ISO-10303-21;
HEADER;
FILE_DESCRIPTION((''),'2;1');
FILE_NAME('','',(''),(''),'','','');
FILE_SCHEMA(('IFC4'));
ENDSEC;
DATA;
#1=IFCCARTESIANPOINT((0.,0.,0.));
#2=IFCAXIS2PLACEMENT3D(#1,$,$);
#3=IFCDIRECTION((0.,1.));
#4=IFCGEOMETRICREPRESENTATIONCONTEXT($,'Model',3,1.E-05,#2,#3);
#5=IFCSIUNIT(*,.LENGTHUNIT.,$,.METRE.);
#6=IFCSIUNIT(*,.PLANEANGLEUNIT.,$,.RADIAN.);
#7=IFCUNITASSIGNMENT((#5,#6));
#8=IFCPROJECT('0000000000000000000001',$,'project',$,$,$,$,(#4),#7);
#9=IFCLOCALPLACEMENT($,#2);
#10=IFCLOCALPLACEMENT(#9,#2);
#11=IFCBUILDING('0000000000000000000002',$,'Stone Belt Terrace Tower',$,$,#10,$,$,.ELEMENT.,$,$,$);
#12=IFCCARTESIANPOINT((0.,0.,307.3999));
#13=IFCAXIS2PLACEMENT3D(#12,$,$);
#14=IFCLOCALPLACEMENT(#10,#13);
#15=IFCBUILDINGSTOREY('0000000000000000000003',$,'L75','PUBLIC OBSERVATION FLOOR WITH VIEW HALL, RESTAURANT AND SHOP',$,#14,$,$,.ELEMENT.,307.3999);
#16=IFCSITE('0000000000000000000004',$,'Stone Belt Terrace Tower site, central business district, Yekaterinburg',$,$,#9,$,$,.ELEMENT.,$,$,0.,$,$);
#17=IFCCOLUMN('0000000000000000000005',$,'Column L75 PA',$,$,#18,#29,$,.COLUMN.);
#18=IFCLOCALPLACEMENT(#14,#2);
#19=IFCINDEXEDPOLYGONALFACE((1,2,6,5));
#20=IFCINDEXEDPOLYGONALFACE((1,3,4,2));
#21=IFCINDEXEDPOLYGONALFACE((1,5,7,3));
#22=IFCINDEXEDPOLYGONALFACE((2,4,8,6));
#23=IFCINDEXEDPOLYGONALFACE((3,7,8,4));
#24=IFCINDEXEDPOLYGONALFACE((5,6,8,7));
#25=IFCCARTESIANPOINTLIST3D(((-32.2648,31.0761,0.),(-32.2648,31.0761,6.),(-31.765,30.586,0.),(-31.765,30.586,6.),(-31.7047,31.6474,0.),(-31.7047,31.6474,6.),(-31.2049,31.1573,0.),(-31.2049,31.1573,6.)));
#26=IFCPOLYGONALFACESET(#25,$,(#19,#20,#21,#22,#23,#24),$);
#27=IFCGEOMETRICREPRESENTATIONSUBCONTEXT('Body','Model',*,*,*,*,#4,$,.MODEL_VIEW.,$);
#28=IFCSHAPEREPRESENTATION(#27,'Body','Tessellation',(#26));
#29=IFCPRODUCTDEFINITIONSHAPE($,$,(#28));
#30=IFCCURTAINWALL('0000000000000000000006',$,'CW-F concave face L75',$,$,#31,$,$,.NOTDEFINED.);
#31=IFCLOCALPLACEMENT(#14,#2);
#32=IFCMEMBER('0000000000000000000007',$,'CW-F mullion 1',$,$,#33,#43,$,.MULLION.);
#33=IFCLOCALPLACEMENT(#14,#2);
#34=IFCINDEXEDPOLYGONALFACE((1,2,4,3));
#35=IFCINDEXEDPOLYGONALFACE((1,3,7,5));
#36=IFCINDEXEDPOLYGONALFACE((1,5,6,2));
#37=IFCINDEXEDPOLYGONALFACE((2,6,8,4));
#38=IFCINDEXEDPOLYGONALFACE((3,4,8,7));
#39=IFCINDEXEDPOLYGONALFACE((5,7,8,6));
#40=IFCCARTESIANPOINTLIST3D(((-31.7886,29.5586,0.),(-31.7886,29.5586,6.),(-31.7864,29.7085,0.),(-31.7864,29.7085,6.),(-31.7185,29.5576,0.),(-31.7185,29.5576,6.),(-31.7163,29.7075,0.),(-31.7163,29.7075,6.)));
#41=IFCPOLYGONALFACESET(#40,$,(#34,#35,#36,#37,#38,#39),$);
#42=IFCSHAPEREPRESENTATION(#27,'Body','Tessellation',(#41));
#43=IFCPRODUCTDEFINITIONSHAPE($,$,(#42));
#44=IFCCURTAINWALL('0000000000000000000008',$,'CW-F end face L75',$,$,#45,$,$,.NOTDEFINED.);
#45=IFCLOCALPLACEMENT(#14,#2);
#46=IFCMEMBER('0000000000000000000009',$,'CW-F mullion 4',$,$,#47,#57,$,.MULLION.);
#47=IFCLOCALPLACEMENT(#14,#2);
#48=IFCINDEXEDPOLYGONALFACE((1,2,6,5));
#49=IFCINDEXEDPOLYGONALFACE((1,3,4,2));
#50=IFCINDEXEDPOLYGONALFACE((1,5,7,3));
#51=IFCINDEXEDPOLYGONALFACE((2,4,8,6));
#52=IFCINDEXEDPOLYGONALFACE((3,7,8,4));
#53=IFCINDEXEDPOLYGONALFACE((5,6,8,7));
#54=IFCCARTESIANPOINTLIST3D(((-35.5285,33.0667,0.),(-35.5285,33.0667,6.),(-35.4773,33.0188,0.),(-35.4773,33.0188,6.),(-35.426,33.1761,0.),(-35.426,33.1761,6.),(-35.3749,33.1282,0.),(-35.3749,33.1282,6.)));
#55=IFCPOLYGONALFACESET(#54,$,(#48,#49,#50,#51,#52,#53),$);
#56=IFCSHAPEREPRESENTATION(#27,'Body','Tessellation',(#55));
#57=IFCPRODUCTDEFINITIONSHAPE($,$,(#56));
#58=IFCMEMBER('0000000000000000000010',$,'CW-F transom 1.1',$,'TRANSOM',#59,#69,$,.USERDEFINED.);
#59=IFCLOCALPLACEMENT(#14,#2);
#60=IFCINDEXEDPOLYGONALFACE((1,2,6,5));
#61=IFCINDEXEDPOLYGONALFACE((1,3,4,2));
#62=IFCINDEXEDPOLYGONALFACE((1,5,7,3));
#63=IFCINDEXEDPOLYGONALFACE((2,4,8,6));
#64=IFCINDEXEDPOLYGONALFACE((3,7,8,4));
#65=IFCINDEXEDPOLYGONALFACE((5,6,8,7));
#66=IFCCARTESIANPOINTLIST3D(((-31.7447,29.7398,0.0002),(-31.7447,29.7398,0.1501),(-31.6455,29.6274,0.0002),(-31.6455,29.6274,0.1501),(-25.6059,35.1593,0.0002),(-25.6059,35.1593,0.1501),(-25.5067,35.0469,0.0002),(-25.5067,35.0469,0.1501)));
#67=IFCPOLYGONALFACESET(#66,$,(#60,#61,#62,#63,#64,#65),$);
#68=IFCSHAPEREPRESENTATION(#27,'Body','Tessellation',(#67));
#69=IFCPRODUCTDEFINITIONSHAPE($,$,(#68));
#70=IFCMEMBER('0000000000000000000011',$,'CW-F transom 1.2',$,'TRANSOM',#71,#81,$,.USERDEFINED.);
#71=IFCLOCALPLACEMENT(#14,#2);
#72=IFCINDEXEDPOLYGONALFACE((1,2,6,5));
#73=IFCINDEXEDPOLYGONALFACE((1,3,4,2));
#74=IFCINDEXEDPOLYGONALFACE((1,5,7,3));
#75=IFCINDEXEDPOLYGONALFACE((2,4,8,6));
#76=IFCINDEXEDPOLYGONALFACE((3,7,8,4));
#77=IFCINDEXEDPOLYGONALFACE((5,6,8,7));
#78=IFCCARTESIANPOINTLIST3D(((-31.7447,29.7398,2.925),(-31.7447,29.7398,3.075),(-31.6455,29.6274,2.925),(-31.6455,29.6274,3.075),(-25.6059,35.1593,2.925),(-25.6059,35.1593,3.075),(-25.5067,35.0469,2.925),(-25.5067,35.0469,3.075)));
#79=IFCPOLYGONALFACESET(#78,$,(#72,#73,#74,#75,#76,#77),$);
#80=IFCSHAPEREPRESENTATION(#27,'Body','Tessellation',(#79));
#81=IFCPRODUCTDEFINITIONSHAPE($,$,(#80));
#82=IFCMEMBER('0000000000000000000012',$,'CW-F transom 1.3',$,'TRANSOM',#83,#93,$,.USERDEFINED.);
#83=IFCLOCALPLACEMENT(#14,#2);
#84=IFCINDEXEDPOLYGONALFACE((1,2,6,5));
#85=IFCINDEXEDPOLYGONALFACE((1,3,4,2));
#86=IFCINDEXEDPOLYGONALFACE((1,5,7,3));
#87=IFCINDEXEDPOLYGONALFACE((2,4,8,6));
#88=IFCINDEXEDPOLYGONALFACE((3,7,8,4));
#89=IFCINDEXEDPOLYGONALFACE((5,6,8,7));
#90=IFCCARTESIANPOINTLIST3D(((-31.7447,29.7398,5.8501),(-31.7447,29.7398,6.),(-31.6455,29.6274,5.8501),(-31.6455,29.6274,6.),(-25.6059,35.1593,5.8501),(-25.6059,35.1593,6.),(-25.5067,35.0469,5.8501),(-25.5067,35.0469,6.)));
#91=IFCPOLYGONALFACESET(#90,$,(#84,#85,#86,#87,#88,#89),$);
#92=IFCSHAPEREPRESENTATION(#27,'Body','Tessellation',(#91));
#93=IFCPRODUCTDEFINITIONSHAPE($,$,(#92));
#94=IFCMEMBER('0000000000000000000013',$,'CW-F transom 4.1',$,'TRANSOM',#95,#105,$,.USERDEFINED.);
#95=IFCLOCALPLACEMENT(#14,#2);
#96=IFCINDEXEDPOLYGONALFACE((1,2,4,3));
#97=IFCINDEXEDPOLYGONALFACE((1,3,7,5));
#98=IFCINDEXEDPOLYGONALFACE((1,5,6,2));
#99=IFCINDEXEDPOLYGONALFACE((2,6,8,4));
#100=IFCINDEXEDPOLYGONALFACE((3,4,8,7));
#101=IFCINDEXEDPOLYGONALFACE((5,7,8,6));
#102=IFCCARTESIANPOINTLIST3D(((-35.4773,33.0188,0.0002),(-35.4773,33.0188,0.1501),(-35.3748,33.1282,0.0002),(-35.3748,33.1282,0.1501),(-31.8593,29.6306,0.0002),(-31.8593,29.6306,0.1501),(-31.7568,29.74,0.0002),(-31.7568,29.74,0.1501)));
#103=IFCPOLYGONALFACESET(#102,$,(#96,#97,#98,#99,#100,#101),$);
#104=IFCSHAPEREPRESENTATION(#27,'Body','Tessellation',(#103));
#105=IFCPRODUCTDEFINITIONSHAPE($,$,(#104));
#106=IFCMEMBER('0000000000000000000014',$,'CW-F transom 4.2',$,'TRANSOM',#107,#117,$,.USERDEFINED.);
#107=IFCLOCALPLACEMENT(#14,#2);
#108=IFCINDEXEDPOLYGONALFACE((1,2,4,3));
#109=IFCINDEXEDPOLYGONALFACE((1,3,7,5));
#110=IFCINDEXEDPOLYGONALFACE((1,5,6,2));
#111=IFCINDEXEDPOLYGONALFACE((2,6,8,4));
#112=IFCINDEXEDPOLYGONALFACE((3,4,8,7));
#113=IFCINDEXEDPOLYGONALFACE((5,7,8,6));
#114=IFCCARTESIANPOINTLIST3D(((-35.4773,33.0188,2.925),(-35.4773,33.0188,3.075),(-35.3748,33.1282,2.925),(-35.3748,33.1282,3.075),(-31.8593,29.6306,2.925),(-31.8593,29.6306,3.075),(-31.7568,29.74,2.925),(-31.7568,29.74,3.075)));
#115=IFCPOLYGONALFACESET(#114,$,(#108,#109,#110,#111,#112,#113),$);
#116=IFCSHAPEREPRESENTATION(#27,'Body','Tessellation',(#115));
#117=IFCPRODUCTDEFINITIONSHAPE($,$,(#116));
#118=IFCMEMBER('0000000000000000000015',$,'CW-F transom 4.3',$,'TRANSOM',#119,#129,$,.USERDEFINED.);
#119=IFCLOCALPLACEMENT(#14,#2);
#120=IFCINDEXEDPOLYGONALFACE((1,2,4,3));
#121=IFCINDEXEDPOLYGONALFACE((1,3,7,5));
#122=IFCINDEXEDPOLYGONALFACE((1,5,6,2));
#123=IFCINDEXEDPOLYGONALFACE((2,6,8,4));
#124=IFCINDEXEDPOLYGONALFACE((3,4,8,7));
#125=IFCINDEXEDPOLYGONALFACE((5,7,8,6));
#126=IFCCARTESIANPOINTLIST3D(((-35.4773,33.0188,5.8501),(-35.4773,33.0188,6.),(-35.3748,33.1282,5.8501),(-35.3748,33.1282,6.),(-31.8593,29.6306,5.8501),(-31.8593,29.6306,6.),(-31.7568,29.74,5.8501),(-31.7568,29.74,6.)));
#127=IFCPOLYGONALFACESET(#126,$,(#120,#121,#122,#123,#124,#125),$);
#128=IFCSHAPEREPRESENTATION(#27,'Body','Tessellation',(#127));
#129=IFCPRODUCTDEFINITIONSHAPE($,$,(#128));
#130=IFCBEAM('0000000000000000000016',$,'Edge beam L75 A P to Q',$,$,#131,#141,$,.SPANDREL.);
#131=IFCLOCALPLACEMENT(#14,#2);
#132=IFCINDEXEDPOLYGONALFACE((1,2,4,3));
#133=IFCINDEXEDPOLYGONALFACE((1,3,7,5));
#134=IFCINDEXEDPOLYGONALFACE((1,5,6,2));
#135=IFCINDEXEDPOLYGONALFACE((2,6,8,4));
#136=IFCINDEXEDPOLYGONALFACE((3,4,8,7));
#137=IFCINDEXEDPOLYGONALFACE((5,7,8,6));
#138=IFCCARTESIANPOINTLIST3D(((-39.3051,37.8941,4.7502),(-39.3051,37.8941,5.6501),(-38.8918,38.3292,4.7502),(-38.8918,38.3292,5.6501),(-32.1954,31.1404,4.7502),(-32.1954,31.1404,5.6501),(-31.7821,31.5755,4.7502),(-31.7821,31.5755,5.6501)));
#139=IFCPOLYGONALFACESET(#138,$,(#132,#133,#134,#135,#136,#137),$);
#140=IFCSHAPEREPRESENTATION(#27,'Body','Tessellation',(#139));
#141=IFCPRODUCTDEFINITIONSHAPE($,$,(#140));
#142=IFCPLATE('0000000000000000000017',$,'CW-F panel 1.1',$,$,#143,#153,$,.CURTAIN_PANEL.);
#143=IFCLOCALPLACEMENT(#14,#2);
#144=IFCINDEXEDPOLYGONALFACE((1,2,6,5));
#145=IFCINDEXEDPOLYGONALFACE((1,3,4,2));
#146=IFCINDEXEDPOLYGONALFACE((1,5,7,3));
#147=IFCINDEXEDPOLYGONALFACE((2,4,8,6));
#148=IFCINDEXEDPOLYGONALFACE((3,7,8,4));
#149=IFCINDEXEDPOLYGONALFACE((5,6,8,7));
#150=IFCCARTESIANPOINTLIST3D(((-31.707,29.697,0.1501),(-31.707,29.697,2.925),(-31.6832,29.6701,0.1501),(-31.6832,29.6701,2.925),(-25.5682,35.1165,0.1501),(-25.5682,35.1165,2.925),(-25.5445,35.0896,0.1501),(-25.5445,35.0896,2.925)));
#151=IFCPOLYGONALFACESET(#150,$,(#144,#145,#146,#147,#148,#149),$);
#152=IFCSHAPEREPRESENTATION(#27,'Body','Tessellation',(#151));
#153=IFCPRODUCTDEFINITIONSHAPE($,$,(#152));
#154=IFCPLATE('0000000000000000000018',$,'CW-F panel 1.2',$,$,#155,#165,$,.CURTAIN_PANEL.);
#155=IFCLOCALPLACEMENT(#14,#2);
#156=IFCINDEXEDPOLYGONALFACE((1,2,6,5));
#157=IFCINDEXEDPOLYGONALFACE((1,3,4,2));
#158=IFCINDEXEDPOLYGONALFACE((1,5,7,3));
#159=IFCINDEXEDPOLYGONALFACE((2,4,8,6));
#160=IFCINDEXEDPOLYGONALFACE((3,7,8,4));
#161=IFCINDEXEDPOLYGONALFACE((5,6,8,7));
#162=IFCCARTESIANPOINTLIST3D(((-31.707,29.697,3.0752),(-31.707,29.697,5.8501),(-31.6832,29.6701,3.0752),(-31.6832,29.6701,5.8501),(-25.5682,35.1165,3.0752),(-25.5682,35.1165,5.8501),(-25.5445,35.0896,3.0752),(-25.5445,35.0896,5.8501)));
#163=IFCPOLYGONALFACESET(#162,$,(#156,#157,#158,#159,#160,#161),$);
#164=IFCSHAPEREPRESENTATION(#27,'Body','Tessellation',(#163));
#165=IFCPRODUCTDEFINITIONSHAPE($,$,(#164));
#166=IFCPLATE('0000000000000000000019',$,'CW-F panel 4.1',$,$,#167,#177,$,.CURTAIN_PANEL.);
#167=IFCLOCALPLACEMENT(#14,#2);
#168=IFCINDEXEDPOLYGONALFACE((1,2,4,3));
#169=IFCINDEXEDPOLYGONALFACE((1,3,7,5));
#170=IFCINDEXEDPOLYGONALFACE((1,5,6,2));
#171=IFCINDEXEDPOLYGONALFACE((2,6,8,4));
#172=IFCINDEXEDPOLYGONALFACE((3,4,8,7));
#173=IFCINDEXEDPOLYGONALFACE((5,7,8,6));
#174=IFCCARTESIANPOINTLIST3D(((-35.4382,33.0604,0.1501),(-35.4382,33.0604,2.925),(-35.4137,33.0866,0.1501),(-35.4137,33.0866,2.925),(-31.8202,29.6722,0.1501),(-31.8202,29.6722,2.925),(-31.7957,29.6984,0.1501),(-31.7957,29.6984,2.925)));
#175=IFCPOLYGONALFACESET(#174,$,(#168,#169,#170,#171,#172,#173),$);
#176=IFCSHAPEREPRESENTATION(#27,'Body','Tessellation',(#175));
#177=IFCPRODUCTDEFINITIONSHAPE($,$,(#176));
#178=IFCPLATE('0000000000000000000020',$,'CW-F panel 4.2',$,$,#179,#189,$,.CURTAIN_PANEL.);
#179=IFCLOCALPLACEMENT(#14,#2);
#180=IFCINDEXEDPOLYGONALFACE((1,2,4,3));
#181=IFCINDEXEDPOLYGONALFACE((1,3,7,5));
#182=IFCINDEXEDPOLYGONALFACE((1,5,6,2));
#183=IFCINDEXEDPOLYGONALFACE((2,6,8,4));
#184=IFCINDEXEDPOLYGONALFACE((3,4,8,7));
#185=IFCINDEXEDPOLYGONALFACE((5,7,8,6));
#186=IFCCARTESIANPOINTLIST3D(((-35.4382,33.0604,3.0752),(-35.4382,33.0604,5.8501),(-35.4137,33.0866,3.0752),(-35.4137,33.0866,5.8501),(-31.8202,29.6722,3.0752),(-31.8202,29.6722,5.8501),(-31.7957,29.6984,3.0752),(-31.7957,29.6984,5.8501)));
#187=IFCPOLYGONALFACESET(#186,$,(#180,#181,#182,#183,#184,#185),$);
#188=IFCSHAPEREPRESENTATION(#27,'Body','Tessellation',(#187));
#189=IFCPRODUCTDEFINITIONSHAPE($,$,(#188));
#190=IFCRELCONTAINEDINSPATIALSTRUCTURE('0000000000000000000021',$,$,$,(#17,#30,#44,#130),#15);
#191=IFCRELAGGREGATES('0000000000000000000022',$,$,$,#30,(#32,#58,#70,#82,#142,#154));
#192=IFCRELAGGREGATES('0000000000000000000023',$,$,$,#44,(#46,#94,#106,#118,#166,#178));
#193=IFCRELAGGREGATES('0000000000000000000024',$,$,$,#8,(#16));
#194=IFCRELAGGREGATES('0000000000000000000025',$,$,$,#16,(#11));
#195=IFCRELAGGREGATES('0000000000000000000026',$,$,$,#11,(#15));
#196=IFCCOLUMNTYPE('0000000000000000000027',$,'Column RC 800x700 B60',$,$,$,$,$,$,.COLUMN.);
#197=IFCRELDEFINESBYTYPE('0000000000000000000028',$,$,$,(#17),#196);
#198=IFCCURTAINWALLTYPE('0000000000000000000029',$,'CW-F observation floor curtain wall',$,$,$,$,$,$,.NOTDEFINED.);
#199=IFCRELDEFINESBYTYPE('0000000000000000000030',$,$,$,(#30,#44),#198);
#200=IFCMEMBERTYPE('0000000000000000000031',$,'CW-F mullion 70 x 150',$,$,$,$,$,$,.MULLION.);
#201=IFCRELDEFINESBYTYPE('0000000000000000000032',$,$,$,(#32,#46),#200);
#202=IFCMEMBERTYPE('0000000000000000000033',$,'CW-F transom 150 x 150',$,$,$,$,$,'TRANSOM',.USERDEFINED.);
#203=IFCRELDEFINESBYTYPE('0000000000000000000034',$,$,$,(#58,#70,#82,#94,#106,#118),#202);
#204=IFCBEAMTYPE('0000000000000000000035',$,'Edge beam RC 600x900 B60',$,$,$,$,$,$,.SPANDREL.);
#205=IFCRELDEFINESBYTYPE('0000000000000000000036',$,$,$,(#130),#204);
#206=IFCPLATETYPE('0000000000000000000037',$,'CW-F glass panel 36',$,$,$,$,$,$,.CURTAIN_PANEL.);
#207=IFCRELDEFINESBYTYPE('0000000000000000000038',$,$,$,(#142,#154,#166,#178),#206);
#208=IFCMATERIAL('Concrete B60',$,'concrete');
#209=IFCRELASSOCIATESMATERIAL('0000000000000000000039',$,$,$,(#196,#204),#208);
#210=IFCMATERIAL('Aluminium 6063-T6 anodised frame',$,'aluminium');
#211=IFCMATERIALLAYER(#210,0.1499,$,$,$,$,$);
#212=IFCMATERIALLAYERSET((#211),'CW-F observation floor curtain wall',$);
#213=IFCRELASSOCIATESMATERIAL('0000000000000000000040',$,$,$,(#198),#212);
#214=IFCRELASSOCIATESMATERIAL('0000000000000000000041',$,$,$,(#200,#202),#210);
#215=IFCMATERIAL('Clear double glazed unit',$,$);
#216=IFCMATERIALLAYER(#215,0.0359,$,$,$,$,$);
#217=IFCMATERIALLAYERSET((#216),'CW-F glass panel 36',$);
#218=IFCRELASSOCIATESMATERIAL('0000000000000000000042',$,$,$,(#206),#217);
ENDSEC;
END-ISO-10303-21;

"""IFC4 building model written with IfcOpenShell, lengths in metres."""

from ifc_helpers import new_model, si_unit, direction, frame, origin, origin_2d, place, context, subcontext, project, spatial, rectangle, extrude, material, layer, layer_set, material_profile, profile_set, type_object, element, aggregate, save


model = new_model("IFC4")

# Units and contexts
model_context = context("Model", 3, precision=1e-05, world=origin(), true_north=direction((0.0, 1.0)))
body_context = subcontext(model_context, "Body", "Model", "MODEL_VIEW")
ifc_project = project(units=[si_unit("LENGTHUNIT", "METRE"), si_unit("PLANEANGLEUNIT", "RADIAN")], contexts=[model_context])

# Site, building, storey
site_placement = place(None, origin())
site = spatial("IfcSite", under=ifc_project, at=site_placement, Name="Stone Belt Terrace Tower site, central business district, Yekaterinburg", CompositionType="ELEMENT", RefElevation=0.0)
building_placement = place(site_placement, origin())
building = spatial("IfcBuilding", under=site, at=building_placement, Name="Stone Belt Terrace Tower", CompositionType="ELEMENT")
storey_placement = place(building_placement, frame((0.0, 0.0, 307.3999)))
storey = spatial("IfcBuildingStorey", under=building, at=storey_placement, Name="L75", Description="PUBLIC OBSERVATION FLOOR WITH VIEW HALL, RESTAURANT AND SHOP", CompositionType="ELEMENT", Elevation=307.3999)

# Column
ifc_material_1 = material(Name="Concrete B60", Category="concrete")
ifc_material_profile_1 = material_profile(ifc_material_1, rectangle(XDim=0.8, YDim=0.7, at=origin_2d()), Name="RC 800x700")
ifc_profile_set_1 = profile_set([ifc_material_profile_1], Name="Concrete B60")
column_type = type_object("IfcColumnType", Name="Column RC 800x700 B60", PredefinedType="COLUMN", material=ifc_profile_set_1)
column_placement = place(storey_placement, frame((-31.7349, 31.1167, 0.0), z_axis=(0.0, 0.0, 1.0), x_axis=(0.70012, 0.714026, 0.0)))
element("IfcColumn", 1, at=column_placement, inside=storey, type_object=column_type, Name="Column L75 PA", PredefinedType="COLUMN", context=body_context, shape_type="SweptSolid", body=[
    extrude(rectangle(XDim=0.8, YDim=0.7, at=origin_2d()), origin(), (0.0, 0.0, 1.0), 6.0),
])

# Curtain walls, members
ifc_material_2 = material(Name="Aluminium 6063-T6 anodised frame", Category="aluminium")
ifc_layer_1 = layer(ifc_material_2, 0.1499)
ifc_layer_set_1 = layer_set([ifc_layer_1], Name="CW-F observation floor curtain wall")
curtain_wall_type = type_object("IfcCurtainWallType", Name="CW-F observation floor curtain wall", PredefinedType="NOTDEFINED", material=ifc_layer_set_1)
curtain_wall_1_placement = place(storey_placement, origin())
curtain_wall_1 = element("IfcCurtainWall", 2, at=curtain_wall_1_placement, inside=storey, type_object=curtain_wall_type, Name="CW-F concave face L75", PredefinedType="NOTDEFINED")
ifc_material_profile_2 = material_profile(ifc_material_2, rectangle(XDim=0.1499, YDim=0.0701, at=origin_2d()), Name="Aluminium 6063-T6 70x150")
ifc_profile_set_2 = profile_set([ifc_material_profile_2], Name="Aluminium 6063-T6 anodised frame")
member_type_1 = type_object("IfcMemberType", Name="CW-F mullion 70 x 150", PredefinedType="MULLION", material=ifc_profile_set_2)
member_1_placement = place(storey_placement, frame((-31.7524, 29.6331, 0.0), z_axis=(0.0, 0.0, 1.0), x_axis=(0.014682, 0.999892, 0.0)))
member_1 = element("IfcMember", 3, at=member_1_placement, type_object=member_type_1, Name="CW-F mullion 1", PredefinedType="MULLION", context=body_context, shape_type="SweptSolid", body=[
    extrude(rectangle(XDim=0.1499, YDim=0.0701, at=origin_2d()), origin(), (0.0, 0.0, 1.0), 6.0),
])
curtain_wall_2_placement = place(storey_placement, origin())
curtain_wall_2 = element("IfcCurtainWall", 4, at=curtain_wall_2_placement, inside=storey, type_object=curtain_wall_type, Name="CW-F end face L75", PredefinedType="NOTDEFINED")
member_2_placement = place(storey_placement, frame((-35.4517, 33.0974, 0.0), z_axis=(0.0, 0.0, 1.0), x_axis=(0.683549, 0.729904, 0.0)))
member_2 = element("IfcMember", 5, at=member_2_placement, type_object=member_type_1, Name="CW-F mullion 4", PredefinedType="MULLION", context=body_context, shape_type="SweptSolid", body=[
    extrude(rectangle(XDim=0.1499, YDim=0.0701, at=origin_2d()), origin(), (0.0, 0.0, 1.0), 6.0),
])

# Members
ifc_material_profile_3 = material_profile(ifc_material_2, rectangle(XDim=0.1499, YDim=0.1499, at=origin_2d()), Name="Aluminium 6063-T6 150x150")
ifc_profile_set_3 = profile_set([ifc_material_profile_3], Name="Aluminium 6063-T6 anodised frame")
member_type_2 = type_object("IfcMemberType", Name="CW-F transom 150 x 150", ElementType="TRANSOM", PredefinedType="USERDEFINED", material=ifc_profile_set_3)
member_3_placement = place(storey_placement, frame((-31.6951, 29.6836, 0.0752), z_axis=(0.749659, 0.661825, 0.0), x_axis=(-0.661825, 0.749659, 0.0)))
member_3 = element("IfcMember", 6, at=member_3_placement, type_object=member_type_2, Name="CW-F transom 1.1", ObjectType="TRANSOM", PredefinedType="USERDEFINED", context=body_context, shape_type="SweptSolid", body=[
    extrude(rectangle(XDim=0.1499, YDim=0.1499, at=origin_2d()), origin(), (0.0, 0.0, 1.0), 8.1887),
])
member_4_placement = place(storey_placement, frame((-31.6951, 29.6836, 3.0), z_axis=(0.749659, 0.661825, 0.0), x_axis=(-0.661825, 0.749659, 0.0)))
member_4 = element("IfcMember", 7, at=member_4_placement, type_object=member_type_2, Name="CW-F transom 1.2", ObjectType="TRANSOM", PredefinedType="USERDEFINED", context=body_context, shape_type="SweptSolid", body=[
    extrude(rectangle(XDim=0.1499, YDim=0.1499, at=origin_2d()), origin(), (0.0, 0.0, 1.0), 8.1887),
])
member_5_placement = place(storey_placement, frame((-31.6951, 29.6836, 5.925), z_axis=(0.749659, 0.661825, 0.0), x_axis=(-0.661825, 0.749659, 0.0)))
member_5 = element("IfcMember", 8, at=member_5_placement, type_object=member_type_2, Name="CW-F transom 1.3", ObjectType="TRANSOM", PredefinedType="USERDEFINED", context=body_context, shape_type="SweptSolid", body=[
    extrude(rectangle(XDim=0.1499, YDim=0.1499, at=origin_2d()), origin(), (0.0, 0.0, 1.0), 8.1887),
])
member_6_placement = place(storey_placement, frame((-35.426, 33.0735, 0.0752), z_axis=(0.729901, -0.683553, 0.0), x_axis=(0.683553, 0.729901, 0.0)))
member_6 = element("IfcMember", 9, at=member_6_placement, type_object=member_type_2, Name="CW-F transom 4.1", ObjectType="TRANSOM", PredefinedType="USERDEFINED", context=body_context, shape_type="SweptSolid", body=[
    extrude(rectangle(XDim=0.1499, YDim=0.1499, at=origin_2d()), origin(), (0.0, 0.0, 1.0), 4.9568),
])
member_7_placement = place(storey_placement, frame((-35.426, 33.0735, 3.0), z_axis=(0.729901, -0.683553, 0.0), x_axis=(0.683553, 0.729901, 0.0)))
member_7 = element("IfcMember", 10, at=member_7_placement, type_object=member_type_2, Name="CW-F transom 4.2", ObjectType="TRANSOM", PredefinedType="USERDEFINED", context=body_context, shape_type="SweptSolid", body=[
    extrude(rectangle(XDim=0.1499, YDim=0.1499, at=origin_2d()), origin(), (0.0, 0.0, 1.0), 4.9568),
])
member_8_placement = place(storey_placement, frame((-35.426, 33.0735, 5.925), z_axis=(0.729901, -0.683553, 0.0), x_axis=(0.683553, 0.729901, 0.0)))
member_8 = element("IfcMember", 11, at=member_8_placement, type_object=member_type_2, Name="CW-F transom 4.3", ObjectType="TRANSOM", PredefinedType="USERDEFINED", context=body_context, shape_type="SweptSolid", body=[
    extrude(rectangle(XDim=0.1499, YDim=0.1499, at=origin_2d()), origin(), (0.0, 0.0, 1.0), 4.9568),
])

# Beam
ifc_material_profile_4 = material_profile(ifc_material_1, rectangle(XDim=0.6001, YDim=0.8999, at=origin_2d()), Name="RC 600x900")
ifc_profile_set_4 = profile_set([ifc_material_profile_4], Name="Concrete B60")
beam_type = type_object("IfcBeamType", Name="Edge beam RC 600x900 B60", PredefinedType="SPANDREL", material=ifc_profile_set_4)
beam_placement = place(storey_placement, frame((-31.9888, 31.3579, 5.2002), z_axis=(-0.725024, 0.688724, 0.0), x_axis=(-0.688724, -0.725024, 0.0)))
element("IfcBeam", 12, at=beam_placement, inside=storey, type_object=beam_type, Name="Edge beam L75 A P to Q", PredefinedType="SPANDREL", context=body_context, shape_type="SweptSolid", body=[
    extrude(rectangle(XDim=0.6001, YDim=0.8999, at=origin_2d()), origin(), (0.0, 0.0, 1.0), 9.8062),
])

# Plates
ifc_material_3 = material(Name="Clear double glazed unit")
ifc_layer_2 = layer(ifc_material_3, 0.0359)
ifc_layer_set_2 = layer_set([ifc_layer_2], Name="CW-F glass panel 36")
plate_type = type_object("IfcPlateType", Name="CW-F glass panel 36", PredefinedType="CURTAIN_PANEL", material=ifc_layer_set_2)
plate_1_placement = place(storey_placement, frame((-28.6257, 32.3933, 0.1501), z_axis=(0.0, 0.0, 1.0), x_axis=(0.749659, 0.661825, 0.0)))
plate_1 = element("IfcPlate", 13, at=plate_1_placement, type_object=plate_type, Name="CW-F panel 1.1", PredefinedType="CURTAIN_PANEL", context=body_context, shape_type="SweptSolid", body=[
    extrude(rectangle(XDim=8.1887, YDim=0.0359, at=origin_2d()), origin(), (0.0, 0.0, 1.0), 2.7749),
])
plate_2_placement = place(storey_placement, frame((-28.6257, 32.3933, 3.0752), z_axis=(0.0, 0.0, 1.0), x_axis=(0.749659, 0.661825, 0.0)))
plate_2 = element("IfcPlate", 14, at=plate_2_placement, type_object=plate_type, Name="CW-F panel 1.2", PredefinedType="CURTAIN_PANEL", context=body_context, shape_type="SweptSolid", body=[
    extrude(rectangle(XDim=8.1887, YDim=0.0359, at=origin_2d()), origin(), (0.0, 0.0, 1.0), 2.7749),
])
aggregate(curtain_wall_1, [member_1, member_3, member_4, member_5, plate_1, plate_2])
plate_3_placement = place(storey_placement, frame((-33.6169, 31.3794, 0.1501), z_axis=(0.0, 0.0, 1.0), x_axis=(0.729904, -0.683549, 0.0)))
plate_3 = element("IfcPlate", 15, at=plate_3_placement, type_object=plate_type, Name="CW-F panel 4.1", PredefinedType="CURTAIN_PANEL", context=body_context, shape_type="SweptSolid", body=[
    extrude(rectangle(XDim=4.9568, YDim=0.0359, at=origin_2d()), origin(), (0.0, 0.0, 1.0), 2.7749),
])
plate_4_placement = place(storey_placement, frame((-33.6169, 31.3794, 3.0752), z_axis=(0.0, 0.0, 1.0), x_axis=(0.729904, -0.683549, 0.0)))
plate_4 = element("IfcPlate", 16, at=plate_4_placement, type_object=plate_type, Name="CW-F panel 4.2", PredefinedType="CURTAIN_PANEL", context=body_context, shape_type="SweptSolid", body=[
    extrude(rectangle(XDim=4.9568, YDim=0.0359, at=origin_2d()), origin(), (0.0, 0.0, 1.0), 2.7749),
])
aggregate(curtain_wall_2, [member_2, member_6, member_7, member_8, plate_3, plate_4])

save(model, "model.ifc")
